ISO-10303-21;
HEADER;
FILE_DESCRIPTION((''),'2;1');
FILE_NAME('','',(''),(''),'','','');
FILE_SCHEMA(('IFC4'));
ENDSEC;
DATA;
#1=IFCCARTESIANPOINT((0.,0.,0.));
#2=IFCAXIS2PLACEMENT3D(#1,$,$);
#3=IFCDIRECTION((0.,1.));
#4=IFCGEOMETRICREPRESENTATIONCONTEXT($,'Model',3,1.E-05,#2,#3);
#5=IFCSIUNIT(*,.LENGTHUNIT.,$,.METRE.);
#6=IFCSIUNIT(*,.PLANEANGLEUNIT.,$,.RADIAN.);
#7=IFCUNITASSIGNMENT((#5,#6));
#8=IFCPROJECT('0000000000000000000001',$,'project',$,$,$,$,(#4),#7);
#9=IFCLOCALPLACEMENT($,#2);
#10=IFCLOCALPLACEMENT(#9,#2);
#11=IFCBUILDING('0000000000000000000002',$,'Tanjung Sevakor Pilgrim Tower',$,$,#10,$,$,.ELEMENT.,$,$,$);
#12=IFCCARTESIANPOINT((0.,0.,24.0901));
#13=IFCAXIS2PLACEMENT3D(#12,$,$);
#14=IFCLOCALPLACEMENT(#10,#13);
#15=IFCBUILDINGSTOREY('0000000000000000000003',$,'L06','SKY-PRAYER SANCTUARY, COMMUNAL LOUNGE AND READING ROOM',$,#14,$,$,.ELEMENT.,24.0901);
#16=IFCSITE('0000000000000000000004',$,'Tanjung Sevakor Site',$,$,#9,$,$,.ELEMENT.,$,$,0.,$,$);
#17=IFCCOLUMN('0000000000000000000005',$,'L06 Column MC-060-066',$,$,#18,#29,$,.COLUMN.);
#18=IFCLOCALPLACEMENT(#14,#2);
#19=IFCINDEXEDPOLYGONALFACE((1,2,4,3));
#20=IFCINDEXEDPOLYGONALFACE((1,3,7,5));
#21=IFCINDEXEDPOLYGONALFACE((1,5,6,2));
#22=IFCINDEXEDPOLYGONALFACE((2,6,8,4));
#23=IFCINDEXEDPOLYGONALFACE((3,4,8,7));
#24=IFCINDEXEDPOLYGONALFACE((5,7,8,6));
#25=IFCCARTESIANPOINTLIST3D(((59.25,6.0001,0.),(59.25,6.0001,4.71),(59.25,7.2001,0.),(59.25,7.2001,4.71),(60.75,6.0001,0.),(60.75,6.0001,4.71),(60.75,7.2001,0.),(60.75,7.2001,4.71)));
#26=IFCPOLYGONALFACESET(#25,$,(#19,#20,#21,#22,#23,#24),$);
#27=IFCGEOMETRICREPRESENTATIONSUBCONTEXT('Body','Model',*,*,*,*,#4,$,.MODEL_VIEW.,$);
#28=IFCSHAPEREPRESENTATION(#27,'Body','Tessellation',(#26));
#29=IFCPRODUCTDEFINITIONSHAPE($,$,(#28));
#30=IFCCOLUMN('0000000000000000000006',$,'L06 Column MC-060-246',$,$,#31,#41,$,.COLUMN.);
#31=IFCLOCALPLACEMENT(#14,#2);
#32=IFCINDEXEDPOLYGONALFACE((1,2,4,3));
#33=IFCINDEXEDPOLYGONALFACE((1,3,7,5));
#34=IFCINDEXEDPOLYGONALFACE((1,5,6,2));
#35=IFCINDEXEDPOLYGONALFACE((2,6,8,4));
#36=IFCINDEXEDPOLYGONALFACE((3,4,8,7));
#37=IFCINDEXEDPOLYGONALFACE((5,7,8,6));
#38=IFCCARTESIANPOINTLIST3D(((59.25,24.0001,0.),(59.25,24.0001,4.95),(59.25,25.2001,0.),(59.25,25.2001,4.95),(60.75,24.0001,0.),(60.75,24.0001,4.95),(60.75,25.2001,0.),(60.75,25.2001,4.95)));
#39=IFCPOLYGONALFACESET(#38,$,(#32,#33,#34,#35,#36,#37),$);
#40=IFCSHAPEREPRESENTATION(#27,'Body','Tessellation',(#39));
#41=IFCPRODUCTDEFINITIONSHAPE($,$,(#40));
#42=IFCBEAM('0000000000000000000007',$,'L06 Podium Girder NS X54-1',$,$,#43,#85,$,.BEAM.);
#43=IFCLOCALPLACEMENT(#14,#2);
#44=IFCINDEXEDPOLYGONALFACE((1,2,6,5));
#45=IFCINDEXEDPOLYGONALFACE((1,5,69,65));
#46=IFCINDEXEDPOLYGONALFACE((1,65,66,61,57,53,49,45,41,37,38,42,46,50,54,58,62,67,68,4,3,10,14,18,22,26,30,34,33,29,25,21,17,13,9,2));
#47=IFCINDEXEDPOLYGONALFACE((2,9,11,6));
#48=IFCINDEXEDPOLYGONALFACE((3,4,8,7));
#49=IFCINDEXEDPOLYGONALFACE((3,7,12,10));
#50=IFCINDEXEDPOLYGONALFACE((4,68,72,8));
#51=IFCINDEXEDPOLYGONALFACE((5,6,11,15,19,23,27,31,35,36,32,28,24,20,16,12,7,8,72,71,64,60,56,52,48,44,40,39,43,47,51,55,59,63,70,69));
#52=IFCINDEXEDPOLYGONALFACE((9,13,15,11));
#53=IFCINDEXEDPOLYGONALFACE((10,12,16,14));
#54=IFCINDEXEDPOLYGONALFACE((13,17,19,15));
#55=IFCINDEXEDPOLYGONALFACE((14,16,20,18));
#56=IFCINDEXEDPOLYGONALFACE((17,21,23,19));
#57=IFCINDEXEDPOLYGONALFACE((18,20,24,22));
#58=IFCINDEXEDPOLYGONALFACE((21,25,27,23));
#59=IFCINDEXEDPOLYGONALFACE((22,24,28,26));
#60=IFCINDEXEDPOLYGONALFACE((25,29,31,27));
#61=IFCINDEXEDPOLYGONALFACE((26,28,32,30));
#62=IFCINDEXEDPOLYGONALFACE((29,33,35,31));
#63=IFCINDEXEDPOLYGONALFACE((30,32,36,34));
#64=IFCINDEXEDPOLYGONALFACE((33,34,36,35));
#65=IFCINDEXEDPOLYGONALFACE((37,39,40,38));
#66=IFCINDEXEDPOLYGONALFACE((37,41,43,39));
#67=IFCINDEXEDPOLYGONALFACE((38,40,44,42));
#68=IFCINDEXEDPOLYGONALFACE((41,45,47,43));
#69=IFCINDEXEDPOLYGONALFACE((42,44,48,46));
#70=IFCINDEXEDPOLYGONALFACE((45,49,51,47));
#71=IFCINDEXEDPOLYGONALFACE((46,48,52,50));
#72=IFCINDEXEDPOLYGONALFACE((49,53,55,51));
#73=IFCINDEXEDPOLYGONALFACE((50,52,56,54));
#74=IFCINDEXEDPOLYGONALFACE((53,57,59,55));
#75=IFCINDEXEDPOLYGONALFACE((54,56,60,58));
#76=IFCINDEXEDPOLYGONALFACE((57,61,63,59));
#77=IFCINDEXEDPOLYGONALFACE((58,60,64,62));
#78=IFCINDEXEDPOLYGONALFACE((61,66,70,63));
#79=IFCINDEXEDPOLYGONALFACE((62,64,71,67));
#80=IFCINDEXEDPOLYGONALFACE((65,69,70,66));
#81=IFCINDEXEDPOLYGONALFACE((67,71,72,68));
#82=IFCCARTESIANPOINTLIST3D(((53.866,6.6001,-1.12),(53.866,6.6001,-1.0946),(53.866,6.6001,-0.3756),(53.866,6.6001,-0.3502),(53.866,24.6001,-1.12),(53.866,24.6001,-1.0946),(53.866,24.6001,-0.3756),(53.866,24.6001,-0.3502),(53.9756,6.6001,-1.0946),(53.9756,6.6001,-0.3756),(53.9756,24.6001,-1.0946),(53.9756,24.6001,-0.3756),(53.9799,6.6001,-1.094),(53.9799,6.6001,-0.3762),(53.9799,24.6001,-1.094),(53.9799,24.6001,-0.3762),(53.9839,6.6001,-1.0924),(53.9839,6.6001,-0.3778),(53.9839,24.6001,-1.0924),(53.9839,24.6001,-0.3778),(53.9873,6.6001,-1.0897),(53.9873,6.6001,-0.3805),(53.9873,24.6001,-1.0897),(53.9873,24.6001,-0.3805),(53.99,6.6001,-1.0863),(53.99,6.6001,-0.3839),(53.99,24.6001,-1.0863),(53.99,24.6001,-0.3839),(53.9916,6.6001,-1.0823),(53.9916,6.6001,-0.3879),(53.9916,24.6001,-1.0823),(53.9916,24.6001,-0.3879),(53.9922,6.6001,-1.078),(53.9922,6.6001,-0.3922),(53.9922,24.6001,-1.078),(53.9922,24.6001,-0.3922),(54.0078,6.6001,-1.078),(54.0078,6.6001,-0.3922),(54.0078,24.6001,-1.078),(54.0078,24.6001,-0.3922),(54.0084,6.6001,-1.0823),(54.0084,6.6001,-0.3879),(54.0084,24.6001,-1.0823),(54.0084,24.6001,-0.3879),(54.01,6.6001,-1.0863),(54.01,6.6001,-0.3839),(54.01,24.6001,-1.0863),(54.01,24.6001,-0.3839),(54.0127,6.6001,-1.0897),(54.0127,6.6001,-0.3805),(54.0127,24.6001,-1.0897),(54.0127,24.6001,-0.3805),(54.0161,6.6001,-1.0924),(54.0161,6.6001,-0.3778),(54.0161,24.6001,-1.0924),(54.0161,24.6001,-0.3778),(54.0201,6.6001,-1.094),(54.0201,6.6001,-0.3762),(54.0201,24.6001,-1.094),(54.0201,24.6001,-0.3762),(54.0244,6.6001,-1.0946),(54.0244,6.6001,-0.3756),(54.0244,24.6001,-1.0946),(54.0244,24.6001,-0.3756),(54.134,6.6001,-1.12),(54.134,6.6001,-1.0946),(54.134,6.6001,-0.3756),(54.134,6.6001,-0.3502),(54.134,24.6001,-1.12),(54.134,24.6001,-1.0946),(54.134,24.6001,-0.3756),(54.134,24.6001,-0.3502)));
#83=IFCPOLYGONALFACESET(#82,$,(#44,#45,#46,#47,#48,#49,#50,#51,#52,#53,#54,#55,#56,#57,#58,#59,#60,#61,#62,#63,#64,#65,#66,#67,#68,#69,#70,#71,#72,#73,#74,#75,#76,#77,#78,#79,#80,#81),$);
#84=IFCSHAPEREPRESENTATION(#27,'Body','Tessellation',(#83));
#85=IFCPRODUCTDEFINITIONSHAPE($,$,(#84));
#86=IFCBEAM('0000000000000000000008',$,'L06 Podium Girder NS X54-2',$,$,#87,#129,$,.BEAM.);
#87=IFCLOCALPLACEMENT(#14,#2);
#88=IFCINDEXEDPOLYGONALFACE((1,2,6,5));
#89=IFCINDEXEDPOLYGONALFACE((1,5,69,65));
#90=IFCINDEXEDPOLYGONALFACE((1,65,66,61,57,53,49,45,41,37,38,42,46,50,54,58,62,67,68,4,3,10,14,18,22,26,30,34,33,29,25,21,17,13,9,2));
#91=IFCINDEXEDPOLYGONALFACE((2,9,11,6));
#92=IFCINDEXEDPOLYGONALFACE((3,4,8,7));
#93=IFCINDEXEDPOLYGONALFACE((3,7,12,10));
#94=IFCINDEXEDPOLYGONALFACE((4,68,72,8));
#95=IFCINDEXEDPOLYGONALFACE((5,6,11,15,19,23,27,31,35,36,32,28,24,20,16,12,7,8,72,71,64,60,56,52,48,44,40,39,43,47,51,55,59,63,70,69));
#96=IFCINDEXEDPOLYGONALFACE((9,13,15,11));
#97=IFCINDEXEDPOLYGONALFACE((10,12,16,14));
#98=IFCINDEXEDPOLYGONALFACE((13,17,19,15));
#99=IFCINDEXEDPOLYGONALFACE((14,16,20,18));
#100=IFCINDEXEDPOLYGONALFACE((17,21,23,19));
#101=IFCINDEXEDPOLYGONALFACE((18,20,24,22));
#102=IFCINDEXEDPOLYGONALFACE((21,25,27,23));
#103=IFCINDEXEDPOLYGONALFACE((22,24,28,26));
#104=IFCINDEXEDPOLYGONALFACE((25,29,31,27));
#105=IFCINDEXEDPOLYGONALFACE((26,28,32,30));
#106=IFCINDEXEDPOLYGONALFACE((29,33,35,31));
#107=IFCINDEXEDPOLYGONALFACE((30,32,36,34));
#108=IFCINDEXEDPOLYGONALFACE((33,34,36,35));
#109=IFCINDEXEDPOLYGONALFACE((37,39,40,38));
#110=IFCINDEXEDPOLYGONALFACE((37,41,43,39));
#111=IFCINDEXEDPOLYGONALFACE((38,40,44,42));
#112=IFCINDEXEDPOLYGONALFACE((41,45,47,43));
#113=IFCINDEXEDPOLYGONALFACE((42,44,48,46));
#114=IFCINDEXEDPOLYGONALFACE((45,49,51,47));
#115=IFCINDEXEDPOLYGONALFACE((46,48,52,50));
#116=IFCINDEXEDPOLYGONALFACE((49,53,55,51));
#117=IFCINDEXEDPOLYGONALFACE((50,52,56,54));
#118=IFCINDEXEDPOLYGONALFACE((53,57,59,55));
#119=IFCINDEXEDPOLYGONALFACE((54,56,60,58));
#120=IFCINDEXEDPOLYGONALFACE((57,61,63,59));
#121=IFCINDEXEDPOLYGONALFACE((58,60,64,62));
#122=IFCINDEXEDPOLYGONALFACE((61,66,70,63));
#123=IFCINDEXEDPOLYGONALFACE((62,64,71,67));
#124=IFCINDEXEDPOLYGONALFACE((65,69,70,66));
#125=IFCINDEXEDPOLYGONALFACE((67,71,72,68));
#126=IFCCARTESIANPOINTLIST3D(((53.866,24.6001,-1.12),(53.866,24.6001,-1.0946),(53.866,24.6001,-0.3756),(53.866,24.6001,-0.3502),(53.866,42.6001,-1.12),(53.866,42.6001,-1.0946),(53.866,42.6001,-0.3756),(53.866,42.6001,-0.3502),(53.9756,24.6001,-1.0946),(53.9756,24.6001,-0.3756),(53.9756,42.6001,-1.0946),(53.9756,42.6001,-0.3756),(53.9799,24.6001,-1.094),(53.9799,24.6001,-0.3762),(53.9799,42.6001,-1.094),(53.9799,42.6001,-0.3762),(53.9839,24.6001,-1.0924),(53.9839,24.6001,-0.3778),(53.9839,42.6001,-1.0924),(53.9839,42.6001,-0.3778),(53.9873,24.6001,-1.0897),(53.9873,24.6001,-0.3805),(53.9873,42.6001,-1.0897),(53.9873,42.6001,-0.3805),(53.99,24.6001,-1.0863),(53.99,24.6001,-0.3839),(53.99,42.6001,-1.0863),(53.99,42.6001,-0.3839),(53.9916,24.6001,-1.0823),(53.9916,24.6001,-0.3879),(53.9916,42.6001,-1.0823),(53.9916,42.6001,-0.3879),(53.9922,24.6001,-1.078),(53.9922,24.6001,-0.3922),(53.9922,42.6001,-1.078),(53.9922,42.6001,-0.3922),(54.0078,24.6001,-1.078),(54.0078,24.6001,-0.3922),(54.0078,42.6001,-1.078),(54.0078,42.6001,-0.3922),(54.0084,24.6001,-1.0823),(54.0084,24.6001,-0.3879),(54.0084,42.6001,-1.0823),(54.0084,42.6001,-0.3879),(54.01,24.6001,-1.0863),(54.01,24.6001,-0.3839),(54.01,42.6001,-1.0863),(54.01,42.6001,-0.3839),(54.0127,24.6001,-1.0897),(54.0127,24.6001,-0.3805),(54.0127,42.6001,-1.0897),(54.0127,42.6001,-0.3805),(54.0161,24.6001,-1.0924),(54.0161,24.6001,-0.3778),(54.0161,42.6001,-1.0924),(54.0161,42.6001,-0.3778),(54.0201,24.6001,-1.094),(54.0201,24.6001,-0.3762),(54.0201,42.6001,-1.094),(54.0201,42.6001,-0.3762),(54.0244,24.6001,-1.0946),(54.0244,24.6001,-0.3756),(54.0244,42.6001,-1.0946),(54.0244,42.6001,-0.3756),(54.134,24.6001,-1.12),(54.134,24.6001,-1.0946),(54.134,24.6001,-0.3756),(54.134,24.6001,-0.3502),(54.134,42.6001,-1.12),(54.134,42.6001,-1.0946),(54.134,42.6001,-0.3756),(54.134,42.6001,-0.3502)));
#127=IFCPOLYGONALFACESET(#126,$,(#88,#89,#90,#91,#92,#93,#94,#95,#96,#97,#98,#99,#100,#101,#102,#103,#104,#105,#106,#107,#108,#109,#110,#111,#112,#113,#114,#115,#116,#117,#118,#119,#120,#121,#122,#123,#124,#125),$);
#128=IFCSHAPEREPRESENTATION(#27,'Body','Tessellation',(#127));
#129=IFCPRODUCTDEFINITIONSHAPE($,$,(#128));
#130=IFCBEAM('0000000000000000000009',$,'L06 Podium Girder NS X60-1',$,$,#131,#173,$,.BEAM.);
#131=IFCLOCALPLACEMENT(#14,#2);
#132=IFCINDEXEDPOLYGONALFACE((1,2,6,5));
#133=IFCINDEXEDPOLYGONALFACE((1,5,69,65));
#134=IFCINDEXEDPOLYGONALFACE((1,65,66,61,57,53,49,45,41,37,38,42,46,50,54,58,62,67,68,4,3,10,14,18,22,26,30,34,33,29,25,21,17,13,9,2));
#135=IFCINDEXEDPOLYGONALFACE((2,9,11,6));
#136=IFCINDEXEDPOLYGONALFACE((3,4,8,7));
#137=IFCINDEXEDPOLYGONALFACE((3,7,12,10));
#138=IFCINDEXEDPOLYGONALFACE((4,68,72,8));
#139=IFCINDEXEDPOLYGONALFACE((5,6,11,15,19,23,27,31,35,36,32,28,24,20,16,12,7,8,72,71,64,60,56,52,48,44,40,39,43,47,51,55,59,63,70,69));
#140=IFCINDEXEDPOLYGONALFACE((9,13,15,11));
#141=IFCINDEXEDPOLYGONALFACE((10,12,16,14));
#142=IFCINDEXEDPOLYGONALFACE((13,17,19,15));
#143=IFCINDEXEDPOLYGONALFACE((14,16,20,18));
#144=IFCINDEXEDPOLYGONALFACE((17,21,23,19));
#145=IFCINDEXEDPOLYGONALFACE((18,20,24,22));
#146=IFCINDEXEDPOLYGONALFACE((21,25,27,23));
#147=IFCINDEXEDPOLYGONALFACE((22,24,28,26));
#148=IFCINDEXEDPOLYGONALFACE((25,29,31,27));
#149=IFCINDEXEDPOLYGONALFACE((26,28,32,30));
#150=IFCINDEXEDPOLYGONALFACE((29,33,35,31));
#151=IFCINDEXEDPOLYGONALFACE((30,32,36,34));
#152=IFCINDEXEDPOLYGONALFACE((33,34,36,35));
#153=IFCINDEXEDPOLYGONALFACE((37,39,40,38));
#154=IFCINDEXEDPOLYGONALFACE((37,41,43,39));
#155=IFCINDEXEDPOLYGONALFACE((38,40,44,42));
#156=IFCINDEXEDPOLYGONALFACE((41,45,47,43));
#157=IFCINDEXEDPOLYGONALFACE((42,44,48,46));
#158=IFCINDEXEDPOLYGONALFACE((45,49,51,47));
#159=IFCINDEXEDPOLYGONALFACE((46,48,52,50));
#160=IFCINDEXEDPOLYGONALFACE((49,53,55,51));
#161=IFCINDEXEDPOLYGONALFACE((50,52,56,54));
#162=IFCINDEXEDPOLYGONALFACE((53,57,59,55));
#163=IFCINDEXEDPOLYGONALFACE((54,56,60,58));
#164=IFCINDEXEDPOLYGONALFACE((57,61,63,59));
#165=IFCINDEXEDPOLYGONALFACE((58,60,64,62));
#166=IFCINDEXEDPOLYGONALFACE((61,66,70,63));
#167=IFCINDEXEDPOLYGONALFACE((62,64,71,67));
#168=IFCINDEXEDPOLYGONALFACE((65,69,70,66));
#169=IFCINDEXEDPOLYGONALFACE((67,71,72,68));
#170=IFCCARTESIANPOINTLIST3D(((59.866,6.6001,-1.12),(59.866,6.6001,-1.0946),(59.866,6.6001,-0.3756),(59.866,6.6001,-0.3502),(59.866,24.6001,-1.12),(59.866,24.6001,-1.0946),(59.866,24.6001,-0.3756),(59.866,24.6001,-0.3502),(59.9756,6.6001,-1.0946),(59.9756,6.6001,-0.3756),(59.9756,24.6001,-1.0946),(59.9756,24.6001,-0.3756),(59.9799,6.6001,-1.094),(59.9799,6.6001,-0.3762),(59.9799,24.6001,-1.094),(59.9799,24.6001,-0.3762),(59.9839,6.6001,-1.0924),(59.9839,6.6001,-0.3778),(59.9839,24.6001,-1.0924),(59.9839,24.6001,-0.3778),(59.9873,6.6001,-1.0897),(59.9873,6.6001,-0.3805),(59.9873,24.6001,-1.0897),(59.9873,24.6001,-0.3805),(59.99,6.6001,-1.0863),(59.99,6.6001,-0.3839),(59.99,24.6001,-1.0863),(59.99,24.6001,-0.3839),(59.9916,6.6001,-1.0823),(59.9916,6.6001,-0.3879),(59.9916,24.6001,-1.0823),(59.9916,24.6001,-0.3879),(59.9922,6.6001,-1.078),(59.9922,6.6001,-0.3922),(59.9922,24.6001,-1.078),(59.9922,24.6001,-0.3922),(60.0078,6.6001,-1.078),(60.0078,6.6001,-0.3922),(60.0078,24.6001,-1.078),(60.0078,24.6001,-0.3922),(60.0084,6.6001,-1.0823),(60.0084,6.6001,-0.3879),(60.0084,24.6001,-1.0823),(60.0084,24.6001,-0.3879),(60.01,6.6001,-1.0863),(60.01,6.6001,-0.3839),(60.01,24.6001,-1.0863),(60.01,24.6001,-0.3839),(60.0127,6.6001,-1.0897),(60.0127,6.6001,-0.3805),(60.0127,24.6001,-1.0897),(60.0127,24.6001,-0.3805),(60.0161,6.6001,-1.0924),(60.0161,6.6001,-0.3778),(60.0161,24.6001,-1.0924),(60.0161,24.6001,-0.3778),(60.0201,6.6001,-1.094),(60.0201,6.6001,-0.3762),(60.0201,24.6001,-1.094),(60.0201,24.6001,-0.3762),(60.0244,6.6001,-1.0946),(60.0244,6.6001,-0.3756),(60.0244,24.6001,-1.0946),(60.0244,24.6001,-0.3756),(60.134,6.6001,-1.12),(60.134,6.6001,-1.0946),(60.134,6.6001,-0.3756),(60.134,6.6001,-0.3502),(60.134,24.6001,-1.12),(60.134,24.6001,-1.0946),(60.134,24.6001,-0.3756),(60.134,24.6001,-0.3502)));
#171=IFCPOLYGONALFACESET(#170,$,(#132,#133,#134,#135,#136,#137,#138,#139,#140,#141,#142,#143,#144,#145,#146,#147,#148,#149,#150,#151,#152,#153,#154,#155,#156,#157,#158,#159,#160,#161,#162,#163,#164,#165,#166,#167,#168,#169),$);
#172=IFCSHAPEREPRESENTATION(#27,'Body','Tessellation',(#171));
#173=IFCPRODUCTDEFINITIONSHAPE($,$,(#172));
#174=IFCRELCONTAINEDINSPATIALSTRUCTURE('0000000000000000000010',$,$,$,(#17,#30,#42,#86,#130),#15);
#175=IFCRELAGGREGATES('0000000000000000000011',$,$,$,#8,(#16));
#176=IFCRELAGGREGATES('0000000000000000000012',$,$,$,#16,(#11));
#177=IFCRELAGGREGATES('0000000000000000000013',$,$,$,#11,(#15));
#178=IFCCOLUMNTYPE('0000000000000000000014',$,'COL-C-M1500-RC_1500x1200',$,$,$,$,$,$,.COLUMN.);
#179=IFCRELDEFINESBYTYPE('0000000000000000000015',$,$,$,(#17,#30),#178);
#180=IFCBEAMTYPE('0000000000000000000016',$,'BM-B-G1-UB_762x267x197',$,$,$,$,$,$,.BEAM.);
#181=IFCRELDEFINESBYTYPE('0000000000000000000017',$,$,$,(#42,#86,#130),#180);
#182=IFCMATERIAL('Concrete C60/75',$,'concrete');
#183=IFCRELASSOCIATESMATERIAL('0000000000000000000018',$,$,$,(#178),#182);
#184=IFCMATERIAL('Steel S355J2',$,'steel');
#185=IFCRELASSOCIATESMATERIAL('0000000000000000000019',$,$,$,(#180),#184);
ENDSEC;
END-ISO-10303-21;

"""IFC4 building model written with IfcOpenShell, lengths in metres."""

from ifc_helpers import new_model, si_unit, direction, frame, origin, origin_2d, place, context, subcontext, project, spatial, rectangle, i_section, extrude, material, material_profile, profile_set, type_object, element, save


model = new_model("IFC4")

# Units and contexts
model_context = context("Model", 3, precision=1e-05, world=origin(), true_north=direction((0.0, 1.0)))
body_context = subcontext(model_context, "Body", "Model", "MODEL_VIEW")
ifc_project = project(units=[si_unit("LENGTHUNIT", "METRE"), si_unit("PLANEANGLEUNIT", "RADIAN")], contexts=[model_context])

# Site, building, storey
site_placement = place(None, origin())
site = spatial("IfcSite", under=ifc_project, at=site_placement, Name="Tanjung Sevakor Site", CompositionType="ELEMENT", RefElevation=0.0)
building_placement = place(site_placement, origin())
building = spatial("IfcBuilding", under=site, at=building_placement, Name="Tanjung Sevakor Pilgrim Tower", CompositionType="ELEMENT")
storey_placement = place(building_placement, frame((0.0, 0.0, 24.0901)))
storey = spatial("IfcBuildingStorey", under=building, at=storey_placement, Name="L06", Description="SKY-PRAYER SANCTUARY, COMMUNAL LOUNGE AND READING ROOM", CompositionType="ELEMENT", Elevation=24.0901)

# Columns
ifc_material_1 = material(Name="Concrete C60/75", Category="concrete")
ifc_material_profile_1 = material_profile(ifc_material_1, rectangle(XDim=1.5, YDim=1.2, at=origin_2d()))
ifc_profile_set_1 = profile_set([ifc_material_profile_1], Name="Concrete C60/75")
column_type = type_object("IfcColumnType", Name="COL-C-M1500-RC_1500x1200", PredefinedType="COLUMN", material=ifc_profile_set_1)
column_1_placement = place(storey_placement, frame((60.0, 6.6001, 0.0), z_axis=(0.0, 0.0, 1.0), x_axis=(1.0, 0.0, 0.0)))
element("IfcColumn", 1, at=column_1_placement, inside=storey, type_object=column_type, Name="L06 Column MC-060-066", PredefinedType="COLUMN", context=body_context, shape_type="SweptSolid", body=[
    extrude(rectangle(XDim=1.5, YDim=1.2, at=origin_2d()), origin(), (0.0, 0.0, 1.0), 4.71),
])
column_2_placement = place(storey_placement, frame((60.0, 24.6001, 0.0), z_axis=(0.0, 0.0, 1.0), x_axis=(1.0, 0.0, 0.0)))
element("IfcColumn", 2, at=column_2_placement, inside=storey, type_object=column_type, Name="L06 Column MC-060-246", PredefinedType="COLUMN", context=body_context, shape_type="SweptSolid", body=[
    extrude(rectangle(XDim=1.5, YDim=1.2, at=origin_2d()), origin(), (0.0, 0.0, 1.0), 4.95),
])

# Beams
ifc_material_2 = material(Name="Steel S355J2", Category="steel")
ifc_material_profile_2 = material_profile(ifc_material_2, i_section(OverallWidth=0.2681, OverallDepth=0.7698, WebThickness=0.0156, FlangeThickness=0.0254, FilletRadius=0.0166, at=origin_2d()))
ifc_profile_set_2 = profile_set([ifc_material_profile_2], Name="Steel S355J2")
beam_type_1 = type_object("IfcBeamType", Name="BM-B-G1-UB_762x267x197", PredefinedType="BEAM", material=ifc_profile_set_2)
for number, where, z_axis, x_axis, name in (
    (3, (54.0, 6.6001, -0.7351), (0.0, 1.0, 0.0), (-1.0, 0.0, 0.0), "L06 Podium Girder NS X54-1"),
    (4, (54.0, 24.6001, -0.7351), (0.0, 1.0, 0.0), (-1.0, 0.0, 0.0), "L06 Podium Girder NS X54-2"),
    (5, (60.0, 6.6001, -0.7351), (0.0, 1.0, 0.0), (-1.0, 0.0, 0.0), "L06 Podium Girder NS X60-1"),
):
    element("IfcBeam", number, at=place(storey_placement, frame(where, z_axis=z_axis, x_axis=x_axis)), inside=storey, type_object=beam_type_1, Name=name, PredefinedType="BEAM", context=body_context, shape_type="SweptSolid", body=[
        extrude(i_section(OverallWidth=0.2681, OverallDepth=0.7698, WebThickness=0.0156, FlangeThickness=0.0254, FilletRadius=0.0166, at=origin_2d()), origin(), (0.0, 0.0, 1.0), 18.0),
    ])

save(model, "model.ifc")
